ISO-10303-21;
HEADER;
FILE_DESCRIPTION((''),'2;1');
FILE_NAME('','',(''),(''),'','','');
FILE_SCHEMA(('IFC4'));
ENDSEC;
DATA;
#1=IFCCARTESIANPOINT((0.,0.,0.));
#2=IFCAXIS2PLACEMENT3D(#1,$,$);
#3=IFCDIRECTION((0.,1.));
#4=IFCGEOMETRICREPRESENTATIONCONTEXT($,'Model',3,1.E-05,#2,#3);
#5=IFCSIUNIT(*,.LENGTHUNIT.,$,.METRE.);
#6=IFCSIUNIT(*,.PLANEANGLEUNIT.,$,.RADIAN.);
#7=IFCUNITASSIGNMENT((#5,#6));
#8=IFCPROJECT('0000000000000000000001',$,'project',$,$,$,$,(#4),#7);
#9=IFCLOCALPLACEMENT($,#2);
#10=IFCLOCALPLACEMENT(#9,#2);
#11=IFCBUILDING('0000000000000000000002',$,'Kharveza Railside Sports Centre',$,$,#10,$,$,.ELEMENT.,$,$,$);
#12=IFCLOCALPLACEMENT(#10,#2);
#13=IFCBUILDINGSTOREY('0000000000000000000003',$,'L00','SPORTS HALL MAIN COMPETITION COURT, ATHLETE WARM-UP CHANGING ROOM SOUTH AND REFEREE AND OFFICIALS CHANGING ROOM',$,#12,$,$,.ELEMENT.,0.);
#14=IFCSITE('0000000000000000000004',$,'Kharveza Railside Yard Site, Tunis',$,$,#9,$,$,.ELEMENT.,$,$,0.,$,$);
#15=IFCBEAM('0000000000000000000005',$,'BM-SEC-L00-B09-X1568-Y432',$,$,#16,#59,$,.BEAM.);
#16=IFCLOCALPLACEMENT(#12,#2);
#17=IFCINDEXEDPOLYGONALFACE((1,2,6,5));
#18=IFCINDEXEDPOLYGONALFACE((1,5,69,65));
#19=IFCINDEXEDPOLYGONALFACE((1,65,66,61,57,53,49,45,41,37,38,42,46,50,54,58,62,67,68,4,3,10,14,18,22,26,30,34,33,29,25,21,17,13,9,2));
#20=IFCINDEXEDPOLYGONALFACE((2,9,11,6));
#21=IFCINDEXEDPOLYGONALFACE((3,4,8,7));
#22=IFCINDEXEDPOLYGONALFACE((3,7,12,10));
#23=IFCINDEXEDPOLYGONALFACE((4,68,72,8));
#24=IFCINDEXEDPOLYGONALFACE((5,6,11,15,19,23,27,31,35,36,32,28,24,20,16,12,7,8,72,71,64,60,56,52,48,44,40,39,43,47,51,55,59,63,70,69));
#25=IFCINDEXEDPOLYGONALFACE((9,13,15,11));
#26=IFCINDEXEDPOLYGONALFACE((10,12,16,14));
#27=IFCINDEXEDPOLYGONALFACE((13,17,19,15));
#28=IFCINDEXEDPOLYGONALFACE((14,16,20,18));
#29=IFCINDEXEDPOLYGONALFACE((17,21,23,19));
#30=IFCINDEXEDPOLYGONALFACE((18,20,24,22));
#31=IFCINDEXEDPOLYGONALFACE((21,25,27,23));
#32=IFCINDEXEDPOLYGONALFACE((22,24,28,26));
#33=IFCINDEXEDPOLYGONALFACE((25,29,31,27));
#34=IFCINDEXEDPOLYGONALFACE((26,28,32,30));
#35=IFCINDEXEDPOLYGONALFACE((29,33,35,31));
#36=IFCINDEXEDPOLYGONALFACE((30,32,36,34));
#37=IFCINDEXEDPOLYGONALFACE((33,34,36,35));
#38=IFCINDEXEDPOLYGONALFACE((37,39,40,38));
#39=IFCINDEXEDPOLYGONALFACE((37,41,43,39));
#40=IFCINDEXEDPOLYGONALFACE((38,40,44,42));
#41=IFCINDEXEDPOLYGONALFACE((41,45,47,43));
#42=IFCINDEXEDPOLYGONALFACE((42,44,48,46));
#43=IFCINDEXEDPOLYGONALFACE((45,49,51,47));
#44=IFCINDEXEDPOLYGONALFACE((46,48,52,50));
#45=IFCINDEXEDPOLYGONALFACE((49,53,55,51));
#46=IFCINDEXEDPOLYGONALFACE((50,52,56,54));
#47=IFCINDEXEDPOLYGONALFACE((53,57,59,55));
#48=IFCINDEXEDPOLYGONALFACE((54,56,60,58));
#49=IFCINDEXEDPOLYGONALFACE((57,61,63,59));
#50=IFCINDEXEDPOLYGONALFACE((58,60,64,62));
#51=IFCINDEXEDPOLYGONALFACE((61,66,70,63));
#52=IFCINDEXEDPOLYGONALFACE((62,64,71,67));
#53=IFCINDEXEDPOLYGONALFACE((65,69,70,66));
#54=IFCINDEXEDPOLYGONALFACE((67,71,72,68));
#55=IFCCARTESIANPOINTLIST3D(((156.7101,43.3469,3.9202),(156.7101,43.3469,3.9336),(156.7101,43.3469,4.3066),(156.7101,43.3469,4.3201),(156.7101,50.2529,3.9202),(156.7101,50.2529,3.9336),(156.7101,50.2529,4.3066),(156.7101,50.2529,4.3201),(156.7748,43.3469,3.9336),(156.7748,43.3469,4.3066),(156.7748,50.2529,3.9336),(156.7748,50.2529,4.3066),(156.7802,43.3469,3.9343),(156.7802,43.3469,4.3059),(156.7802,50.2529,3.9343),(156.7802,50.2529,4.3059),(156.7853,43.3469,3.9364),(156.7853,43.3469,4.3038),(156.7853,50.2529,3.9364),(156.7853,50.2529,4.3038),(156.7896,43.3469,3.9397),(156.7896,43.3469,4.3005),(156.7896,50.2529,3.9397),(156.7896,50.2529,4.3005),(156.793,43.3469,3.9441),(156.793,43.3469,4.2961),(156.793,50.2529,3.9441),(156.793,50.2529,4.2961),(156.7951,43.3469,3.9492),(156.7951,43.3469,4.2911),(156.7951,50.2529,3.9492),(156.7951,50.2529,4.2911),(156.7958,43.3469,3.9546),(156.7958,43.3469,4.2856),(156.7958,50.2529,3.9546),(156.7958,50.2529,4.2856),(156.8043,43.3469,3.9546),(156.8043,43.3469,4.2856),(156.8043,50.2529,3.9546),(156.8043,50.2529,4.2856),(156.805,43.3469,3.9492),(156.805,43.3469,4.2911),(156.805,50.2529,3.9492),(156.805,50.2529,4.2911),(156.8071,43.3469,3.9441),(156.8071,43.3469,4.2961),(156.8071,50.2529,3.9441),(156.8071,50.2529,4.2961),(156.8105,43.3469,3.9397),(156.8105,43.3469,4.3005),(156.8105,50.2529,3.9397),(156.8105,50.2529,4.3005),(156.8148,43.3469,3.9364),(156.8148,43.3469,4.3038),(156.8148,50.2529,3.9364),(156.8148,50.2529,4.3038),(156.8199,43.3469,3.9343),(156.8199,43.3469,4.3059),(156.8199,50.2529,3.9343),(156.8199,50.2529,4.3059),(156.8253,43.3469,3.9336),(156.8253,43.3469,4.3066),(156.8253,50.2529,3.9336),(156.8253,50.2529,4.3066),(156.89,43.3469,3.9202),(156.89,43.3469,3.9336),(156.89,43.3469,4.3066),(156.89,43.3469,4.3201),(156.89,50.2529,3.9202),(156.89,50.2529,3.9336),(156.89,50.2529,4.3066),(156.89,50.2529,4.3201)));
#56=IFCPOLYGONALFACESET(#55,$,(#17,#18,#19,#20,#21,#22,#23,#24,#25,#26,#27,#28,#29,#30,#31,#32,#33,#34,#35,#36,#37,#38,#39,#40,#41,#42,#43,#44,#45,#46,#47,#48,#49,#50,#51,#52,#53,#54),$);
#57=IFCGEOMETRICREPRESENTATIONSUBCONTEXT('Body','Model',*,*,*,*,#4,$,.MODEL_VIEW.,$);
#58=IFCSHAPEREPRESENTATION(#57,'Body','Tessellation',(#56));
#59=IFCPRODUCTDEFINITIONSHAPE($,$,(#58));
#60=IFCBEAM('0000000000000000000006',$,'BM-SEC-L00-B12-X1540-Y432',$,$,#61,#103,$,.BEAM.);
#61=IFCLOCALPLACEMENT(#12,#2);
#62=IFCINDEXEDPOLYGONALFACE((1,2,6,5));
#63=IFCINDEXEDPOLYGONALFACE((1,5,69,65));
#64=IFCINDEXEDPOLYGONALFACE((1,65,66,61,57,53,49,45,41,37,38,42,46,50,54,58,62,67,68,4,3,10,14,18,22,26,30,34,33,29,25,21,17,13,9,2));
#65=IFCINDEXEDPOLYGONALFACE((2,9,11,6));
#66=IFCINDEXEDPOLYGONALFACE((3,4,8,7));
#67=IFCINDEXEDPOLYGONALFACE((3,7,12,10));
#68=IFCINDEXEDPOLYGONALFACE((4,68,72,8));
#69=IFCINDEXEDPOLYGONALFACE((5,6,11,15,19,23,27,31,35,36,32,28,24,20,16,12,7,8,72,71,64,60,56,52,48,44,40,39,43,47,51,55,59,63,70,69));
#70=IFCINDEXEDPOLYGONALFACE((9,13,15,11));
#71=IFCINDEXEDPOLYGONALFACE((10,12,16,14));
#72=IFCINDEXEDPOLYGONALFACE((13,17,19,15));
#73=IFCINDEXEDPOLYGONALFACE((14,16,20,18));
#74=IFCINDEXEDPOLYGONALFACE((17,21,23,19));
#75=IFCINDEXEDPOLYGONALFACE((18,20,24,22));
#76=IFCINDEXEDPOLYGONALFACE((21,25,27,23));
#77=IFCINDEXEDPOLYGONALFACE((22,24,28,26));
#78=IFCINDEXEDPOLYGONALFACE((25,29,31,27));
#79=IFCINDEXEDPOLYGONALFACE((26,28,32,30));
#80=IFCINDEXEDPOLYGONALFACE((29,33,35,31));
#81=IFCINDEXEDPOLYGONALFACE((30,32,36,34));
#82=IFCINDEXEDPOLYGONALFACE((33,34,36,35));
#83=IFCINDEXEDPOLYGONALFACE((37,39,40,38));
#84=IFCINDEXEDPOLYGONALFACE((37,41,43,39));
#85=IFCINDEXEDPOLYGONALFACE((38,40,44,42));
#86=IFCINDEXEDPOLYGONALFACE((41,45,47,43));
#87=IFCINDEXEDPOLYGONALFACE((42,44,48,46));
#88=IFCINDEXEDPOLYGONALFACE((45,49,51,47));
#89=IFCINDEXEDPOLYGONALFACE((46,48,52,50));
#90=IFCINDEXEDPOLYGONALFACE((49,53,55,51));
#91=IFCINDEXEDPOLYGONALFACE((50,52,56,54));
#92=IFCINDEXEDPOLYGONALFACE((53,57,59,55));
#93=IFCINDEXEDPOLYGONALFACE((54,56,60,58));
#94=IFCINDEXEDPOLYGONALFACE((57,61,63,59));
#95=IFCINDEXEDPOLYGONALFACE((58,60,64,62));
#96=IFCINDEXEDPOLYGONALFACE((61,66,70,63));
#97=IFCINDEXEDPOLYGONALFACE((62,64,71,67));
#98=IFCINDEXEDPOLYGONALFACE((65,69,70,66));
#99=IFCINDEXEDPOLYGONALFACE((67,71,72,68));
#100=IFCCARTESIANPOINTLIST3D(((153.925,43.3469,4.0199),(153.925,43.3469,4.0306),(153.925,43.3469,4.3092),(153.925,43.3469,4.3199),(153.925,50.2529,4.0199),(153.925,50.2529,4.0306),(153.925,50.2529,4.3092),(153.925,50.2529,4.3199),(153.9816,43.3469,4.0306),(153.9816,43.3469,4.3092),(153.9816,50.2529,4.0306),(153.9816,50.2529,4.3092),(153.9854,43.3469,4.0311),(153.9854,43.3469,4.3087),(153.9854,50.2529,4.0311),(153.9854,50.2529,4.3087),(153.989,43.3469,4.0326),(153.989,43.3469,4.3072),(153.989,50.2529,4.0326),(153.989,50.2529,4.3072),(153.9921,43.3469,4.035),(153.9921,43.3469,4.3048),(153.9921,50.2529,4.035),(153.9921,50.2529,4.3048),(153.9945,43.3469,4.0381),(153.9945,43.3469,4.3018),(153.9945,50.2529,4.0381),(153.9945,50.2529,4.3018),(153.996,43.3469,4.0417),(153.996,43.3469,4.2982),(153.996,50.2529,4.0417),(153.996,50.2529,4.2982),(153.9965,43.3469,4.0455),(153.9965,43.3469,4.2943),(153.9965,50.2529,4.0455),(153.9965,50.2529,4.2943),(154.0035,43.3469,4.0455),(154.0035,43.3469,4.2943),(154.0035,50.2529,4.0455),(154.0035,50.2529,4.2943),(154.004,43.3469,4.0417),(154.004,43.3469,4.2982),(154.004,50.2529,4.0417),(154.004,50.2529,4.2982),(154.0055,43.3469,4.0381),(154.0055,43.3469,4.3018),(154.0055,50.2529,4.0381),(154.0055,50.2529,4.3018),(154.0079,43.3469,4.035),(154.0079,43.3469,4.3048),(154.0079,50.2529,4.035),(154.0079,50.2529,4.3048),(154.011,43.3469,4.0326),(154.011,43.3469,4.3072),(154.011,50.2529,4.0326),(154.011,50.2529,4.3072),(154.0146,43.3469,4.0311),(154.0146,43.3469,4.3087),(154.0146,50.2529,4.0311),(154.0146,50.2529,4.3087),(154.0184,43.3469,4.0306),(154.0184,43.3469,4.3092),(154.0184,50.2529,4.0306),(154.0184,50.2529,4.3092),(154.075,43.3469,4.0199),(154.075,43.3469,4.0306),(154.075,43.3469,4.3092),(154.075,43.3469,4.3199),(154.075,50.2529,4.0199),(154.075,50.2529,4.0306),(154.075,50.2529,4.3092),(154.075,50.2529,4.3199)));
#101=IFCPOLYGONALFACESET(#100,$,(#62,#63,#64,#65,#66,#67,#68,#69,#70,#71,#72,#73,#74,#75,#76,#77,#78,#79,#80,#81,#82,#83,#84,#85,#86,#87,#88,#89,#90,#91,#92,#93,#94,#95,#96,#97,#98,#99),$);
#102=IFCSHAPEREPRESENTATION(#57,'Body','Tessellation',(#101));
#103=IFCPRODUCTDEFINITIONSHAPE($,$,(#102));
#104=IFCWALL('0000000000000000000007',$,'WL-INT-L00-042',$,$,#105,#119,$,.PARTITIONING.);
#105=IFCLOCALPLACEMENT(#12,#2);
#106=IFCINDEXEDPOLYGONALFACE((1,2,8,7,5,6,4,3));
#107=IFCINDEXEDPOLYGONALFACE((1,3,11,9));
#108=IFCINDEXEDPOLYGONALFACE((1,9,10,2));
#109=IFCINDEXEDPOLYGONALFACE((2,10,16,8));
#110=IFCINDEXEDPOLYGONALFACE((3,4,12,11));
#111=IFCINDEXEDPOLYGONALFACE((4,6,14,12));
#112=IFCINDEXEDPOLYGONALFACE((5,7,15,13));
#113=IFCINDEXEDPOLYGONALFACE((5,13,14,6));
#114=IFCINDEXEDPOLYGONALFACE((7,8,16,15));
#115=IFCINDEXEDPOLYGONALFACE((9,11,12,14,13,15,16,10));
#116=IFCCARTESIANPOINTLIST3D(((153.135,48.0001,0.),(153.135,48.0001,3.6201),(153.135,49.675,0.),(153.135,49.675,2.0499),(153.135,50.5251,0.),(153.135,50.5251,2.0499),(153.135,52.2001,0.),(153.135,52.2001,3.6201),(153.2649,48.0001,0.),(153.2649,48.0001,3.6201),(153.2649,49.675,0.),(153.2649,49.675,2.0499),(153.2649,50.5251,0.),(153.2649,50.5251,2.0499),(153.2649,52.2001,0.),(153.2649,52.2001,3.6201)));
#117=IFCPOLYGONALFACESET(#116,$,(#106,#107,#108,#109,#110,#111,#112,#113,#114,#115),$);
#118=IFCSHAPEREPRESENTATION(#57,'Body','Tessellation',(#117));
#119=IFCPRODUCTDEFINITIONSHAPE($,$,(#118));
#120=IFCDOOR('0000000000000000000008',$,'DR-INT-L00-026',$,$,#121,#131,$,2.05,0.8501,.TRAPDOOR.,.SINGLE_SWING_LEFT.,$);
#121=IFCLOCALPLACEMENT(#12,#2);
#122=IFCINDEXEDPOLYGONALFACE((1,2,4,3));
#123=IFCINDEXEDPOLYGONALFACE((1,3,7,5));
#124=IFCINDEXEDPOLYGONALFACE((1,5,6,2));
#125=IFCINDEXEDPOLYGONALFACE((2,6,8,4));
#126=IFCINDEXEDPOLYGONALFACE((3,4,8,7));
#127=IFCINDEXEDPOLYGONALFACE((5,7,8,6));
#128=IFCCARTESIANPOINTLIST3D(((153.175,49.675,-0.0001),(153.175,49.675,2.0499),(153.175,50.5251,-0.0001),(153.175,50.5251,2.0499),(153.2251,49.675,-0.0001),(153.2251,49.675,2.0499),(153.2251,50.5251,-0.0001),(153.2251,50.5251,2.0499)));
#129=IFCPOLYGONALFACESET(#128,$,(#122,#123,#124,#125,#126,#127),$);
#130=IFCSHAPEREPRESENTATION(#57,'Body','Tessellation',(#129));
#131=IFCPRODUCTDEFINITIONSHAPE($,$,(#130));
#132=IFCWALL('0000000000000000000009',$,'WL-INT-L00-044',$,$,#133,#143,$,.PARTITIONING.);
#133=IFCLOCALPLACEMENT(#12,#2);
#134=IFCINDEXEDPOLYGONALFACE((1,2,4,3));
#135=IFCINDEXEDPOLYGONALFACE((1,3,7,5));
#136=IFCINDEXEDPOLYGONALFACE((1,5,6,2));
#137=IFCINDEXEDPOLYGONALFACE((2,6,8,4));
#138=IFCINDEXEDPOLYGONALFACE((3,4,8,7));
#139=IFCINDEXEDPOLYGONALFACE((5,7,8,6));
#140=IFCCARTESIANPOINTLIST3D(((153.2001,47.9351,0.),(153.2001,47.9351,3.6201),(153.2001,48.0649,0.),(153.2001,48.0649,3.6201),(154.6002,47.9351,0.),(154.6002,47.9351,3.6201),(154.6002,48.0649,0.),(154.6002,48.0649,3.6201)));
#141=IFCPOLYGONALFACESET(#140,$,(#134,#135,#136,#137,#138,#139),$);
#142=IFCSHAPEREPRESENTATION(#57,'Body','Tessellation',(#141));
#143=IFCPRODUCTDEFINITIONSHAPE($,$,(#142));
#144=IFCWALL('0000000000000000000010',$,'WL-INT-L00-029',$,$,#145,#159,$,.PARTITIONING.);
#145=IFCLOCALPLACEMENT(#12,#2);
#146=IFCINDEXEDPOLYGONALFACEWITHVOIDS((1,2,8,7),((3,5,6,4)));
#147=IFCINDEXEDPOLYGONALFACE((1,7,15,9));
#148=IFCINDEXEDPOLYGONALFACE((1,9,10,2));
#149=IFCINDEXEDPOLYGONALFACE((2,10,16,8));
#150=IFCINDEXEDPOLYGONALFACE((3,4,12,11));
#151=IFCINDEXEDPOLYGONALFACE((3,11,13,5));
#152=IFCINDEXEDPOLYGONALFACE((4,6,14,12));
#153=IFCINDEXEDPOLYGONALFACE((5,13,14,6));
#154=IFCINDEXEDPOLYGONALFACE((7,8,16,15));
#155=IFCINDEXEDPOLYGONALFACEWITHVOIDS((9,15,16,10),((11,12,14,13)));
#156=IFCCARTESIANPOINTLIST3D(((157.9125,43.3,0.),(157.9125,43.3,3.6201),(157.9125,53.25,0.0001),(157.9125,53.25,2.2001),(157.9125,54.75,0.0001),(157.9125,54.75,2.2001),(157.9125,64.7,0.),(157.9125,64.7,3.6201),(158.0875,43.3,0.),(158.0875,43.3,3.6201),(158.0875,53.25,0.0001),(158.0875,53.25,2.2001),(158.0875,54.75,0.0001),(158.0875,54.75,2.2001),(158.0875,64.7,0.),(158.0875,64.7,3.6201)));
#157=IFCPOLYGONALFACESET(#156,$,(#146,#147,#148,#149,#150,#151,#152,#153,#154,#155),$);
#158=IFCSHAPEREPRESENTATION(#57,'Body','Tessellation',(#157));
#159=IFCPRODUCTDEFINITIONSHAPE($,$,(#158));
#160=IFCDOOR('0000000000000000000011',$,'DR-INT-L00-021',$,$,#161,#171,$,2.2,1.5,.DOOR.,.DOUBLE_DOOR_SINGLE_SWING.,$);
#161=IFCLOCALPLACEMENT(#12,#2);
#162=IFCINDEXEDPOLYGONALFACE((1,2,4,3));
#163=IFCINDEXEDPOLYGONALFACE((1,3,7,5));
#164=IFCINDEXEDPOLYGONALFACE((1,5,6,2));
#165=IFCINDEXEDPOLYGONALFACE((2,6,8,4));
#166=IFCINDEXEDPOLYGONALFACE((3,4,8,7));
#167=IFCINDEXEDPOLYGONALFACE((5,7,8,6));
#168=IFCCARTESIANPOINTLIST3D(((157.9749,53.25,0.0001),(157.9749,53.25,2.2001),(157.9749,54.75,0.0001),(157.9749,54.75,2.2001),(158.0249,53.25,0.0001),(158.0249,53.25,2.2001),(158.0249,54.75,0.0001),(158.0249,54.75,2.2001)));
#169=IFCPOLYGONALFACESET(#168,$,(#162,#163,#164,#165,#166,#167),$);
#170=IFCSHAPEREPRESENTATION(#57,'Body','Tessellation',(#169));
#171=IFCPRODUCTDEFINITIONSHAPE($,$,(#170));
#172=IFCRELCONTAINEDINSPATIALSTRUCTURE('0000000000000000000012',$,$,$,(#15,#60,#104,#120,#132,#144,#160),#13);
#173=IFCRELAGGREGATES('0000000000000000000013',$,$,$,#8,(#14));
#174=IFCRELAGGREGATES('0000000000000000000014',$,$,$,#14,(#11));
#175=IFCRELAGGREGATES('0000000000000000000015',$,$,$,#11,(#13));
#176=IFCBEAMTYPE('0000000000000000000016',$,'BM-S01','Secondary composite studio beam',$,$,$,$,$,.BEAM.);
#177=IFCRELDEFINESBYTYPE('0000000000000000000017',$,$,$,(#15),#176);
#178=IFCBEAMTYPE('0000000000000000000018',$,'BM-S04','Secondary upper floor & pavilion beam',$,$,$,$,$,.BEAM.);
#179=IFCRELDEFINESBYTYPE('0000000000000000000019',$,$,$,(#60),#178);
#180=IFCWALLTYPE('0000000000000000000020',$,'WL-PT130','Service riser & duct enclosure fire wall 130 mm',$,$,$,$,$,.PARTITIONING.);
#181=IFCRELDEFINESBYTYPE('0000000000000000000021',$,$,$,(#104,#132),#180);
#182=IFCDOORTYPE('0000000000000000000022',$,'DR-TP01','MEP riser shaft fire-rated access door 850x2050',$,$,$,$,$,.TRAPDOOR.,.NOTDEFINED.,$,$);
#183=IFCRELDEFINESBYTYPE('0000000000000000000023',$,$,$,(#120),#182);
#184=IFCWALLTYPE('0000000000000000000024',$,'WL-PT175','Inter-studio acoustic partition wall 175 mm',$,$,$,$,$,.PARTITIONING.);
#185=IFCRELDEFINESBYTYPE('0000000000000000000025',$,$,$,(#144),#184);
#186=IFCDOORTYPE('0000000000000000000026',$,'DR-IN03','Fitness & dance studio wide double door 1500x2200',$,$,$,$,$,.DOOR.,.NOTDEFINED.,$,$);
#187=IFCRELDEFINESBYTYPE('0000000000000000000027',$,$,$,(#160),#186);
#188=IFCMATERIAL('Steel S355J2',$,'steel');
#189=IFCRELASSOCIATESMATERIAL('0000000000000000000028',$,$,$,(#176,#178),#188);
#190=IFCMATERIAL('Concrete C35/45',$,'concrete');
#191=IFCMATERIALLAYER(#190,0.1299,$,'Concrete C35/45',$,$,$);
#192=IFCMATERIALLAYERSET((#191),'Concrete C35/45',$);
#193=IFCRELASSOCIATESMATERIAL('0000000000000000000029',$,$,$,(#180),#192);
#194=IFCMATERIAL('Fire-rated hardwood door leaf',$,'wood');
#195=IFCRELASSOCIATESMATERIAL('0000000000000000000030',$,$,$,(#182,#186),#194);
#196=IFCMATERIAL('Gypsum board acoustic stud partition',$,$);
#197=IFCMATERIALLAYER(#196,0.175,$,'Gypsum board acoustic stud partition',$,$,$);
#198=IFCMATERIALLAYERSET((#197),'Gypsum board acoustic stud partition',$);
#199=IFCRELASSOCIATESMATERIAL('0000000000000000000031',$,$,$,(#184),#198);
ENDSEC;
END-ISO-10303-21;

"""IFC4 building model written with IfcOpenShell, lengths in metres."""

from ifc_helpers import new_model, si_unit, direction, frame, frame_2d, origin, origin_2d, place, context, subcontext, project, spatial, rectangle, i_section, extrude, material, layer, layer_set, material_profile, profile_set, type_object, element, fill, save


model = new_model("IFC4")

# Units and contexts
model_context = context("Model", 3, precision=1e-05, world=origin(), true_north=direction((0.0, 1.0)))
body_context = subcontext(model_context, "Body", "Model", "MODEL_VIEW")
ifc_project = project(units=[si_unit("LENGTHUNIT", "METRE"), si_unit("PLANEANGLEUNIT", "RADIAN")], contexts=[model_context])

# Site, building, storey
site_placement = place(None, origin())
site = spatial("IfcSite", under=ifc_project, at=site_placement, Name="Kharveza Railside Yard Site, Tunis", CompositionType="ELEMENT", RefElevation=0.0)
building_placement = place(site_placement, origin())
building = spatial("IfcBuilding", under=site, at=building_placement, Name="Kharveza Railside Sports Centre", CompositionType="ELEMENT")
storey_placement = place(building_placement, origin())
storey = spatial("IfcBuildingStorey", under=building, at=storey_placement, Name="L00", Description="SPORTS HALL MAIN COMPETITION COURT, ATHLETE WARM-UP CHANGING ROOM SOUTH AND REFEREE AND OFFICIALS CHANGING ROOM", CompositionType="ELEMENT", Elevation=0.0)

# Shared definitions
ifc_material_1 = material(Name="Concrete C35/45", Category="concrete")

# Shared definitions
ifc_material_2 = material(Name="Steel S355J2", Category="steel")

# Beams
ifc_material_profile_1 = material_profile(ifc_material_2, i_section(OverallWidth=0.1799, OverallDepth=0.3999, WebThickness=0.0085, FlangeThickness=0.0134, FilletRadius=0.021, at=origin_2d()), Name="IPE 400")
ifc_profile_set_1 = profile_set([ifc_material_profile_1], Name="Steel S355J2")
beam_type_1 = type_object("IfcBeamType", Name="BM-S01", Description="Secondary composite studio beam", PredefinedType="BEAM", material=ifc_profile_set_1)
beam_1_placement = place(storey_placement, frame((156.8, 43.3469, 4.1201), z_axis=(0.0, 1.0, 0.0), x_axis=(-1.0, 0.0, 0.0)))
element("IfcBeam", 1, at=beam_1_placement, inside=storey, type_object=beam_type_1, Name="BM-SEC-L00-B09-X1568-Y432", PredefinedType="BEAM", context=body_context, shape_type="SweptSolid", body=[
    extrude(i_section(OverallWidth=0.1799, OverallDepth=0.3999, WebThickness=0.0085, FlangeThickness=0.0134, FilletRadius=0.021, at=origin_2d()), origin(), (0.0, 0.0, 1.0), 6.906),
])
ifc_material_profile_2 = material_profile(ifc_material_2, i_section(OverallWidth=0.1499, OverallDepth=0.3, WebThickness=0.0071, FlangeThickness=0.0107, FilletRadius=0.0149, at=origin_2d()), Name="IPE 300")
ifc_profile_set_2 = profile_set([ifc_material_profile_2], Name="Steel S355J2")
beam_type_2 = type_object("IfcBeamType", Name="BM-S04", Description="Secondary upper floor & pavilion beam", PredefinedType="BEAM", material=ifc_profile_set_2)
beam_2_placement = place(storey_placement, frame((154.0, 43.3469, 4.1699), z_axis=(0.0, 1.0, 0.0), x_axis=(-1.0, 0.0, 0.0)))
element("IfcBeam", 2, at=beam_2_placement, inside=storey, type_object=beam_type_2, Name="BM-SEC-L00-B12-X1540-Y432", PredefinedType="BEAM", context=body_context, shape_type="SweptSolid", body=[
    extrude(i_section(OverallWidth=0.1499, OverallDepth=0.3, WebThickness=0.0071, FlangeThickness=0.0107, FilletRadius=0.0149, at=origin_2d()), origin(), (0.0, 0.0, 1.0), 6.906),
])

# Wall, opening, door
ifc_layer_1 = layer(ifc_material_1, 0.1299, Name="Concrete C35/45")
ifc_layer_set_1 = layer_set([ifc_layer_1], Name="Concrete C35/45")
wall_type_1 = type_object("IfcWallType", Name="WL-PT130", Description="Service riser & duct enclosure fire wall 130 mm", PredefinedType="PARTITIONING", material=ifc_layer_set_1)
wall_1_placement = place(storey_placement, frame((153.2, 48.0, 0.0), z_axis=(0.0, 0.0, 1.0), x_axis=(0.0, 1.0, 0.0)))
wall_1 = element("IfcWall", 3, at=wall_1_placement, inside=storey, type_object=wall_type_1, Name="WL-INT-L00-042", PredefinedType="PARTITIONING", context=body_context, shape_type="SweptSolid", body=[
    extrude(rectangle(XDim=4.2, YDim=0.1299, at=frame_2d((2.1001, 0.0))), origin(), (0.0, 0.0, 1.0), 3.6201),
])
opening_1_placement = place(wall_1_placement, frame((1.675, 0.0, 0.0)))
opening_1 = element("IfcOpeningElement", 4, at=opening_1_placement, cuts=wall_1, PredefinedType="OPENING", context=body_context, shape_type="SweptSolid", body=[
    extrude(rectangle(XDim=0.8501, YDim=2.05, at=frame_2d((0.425, 1.0249))), frame((0.0, 0.0898, 0.0), z_axis=(0.0, -1.0, 0.0), x_axis=(1.0, 0.0, 0.0)), (0.0, 0.0, 1.0), 0.1797),
])
ifc_material_3 = material(Name="Fire-rated hardwood door leaf", Category="wood")
door_type_1 = type_object("IfcDoorType", Name="DR-TP01", Description="MEP riser shaft fire-rated access door 850x2050", OperationType="NOTDEFINED", PredefinedType="TRAPDOOR", material=ifc_material_3)
door_1_placement = place(opening_1_placement, origin())
door_1 = element("IfcDoor", 5, at=door_1_placement, inside=storey, type_object=door_type_1, Name="DR-INT-L00-026", OperationType="SINGLE_SWING_LEFT", OverallHeight=2.05, OverallWidth=0.8501, PredefinedType="TRAPDOOR", context=body_context, shape_type="SweptSolid", body=[
    extrude(rectangle(XDim=0.8501, YDim=2.05, at=frame_2d((0.425, 1.0249))), frame((0.0, 0.0249, 0.0), z_axis=(0.0, -1.0, 0.0), x_axis=(1.0, 0.0, 0.0)), (0.0, 0.0, 1.0), 0.05),
])
fill(opening_1, door_1)

# Wall
wall_2_placement = place(storey_placement, frame((153.2, 48.0, 0.0), z_axis=(0.0, 0.0, 1.0), x_axis=(1.0, 0.0, 0.0)))
element("IfcWall", 6, at=wall_2_placement, inside=storey, type_object=wall_type_1, Name="WL-INT-L00-044", PredefinedType="PARTITIONING", context=body_context, shape_type="SweptSolid", body=[
    extrude(rectangle(XDim=1.4001, YDim=0.1299, at=frame_2d((0.7002, 0.0))), origin(), (0.0, 0.0, 1.0), 3.6201),
])

# Wall, opening, door
ifc_material_4 = material(Name="Gypsum board acoustic stud partition")
ifc_layer_2 = layer(ifc_material_4, 0.175, Name="Gypsum board acoustic stud partition")
ifc_layer_set_2 = layer_set([ifc_layer_2], Name="Gypsum board acoustic stud partition")
wall_type_2 = type_object("IfcWallType", Name="WL-PT175", Description="Inter-studio acoustic partition wall 175 mm", PredefinedType="PARTITIONING", material=ifc_layer_set_2)
wall_3_placement = place(storey_placement, frame((158.0, 43.3, 0.0), z_axis=(0.0, 0.0, 1.0), x_axis=(0.0, 1.0, 0.0)))
wall_3 = element("IfcWall", 7, at=wall_3_placement, inside=storey, type_object=wall_type_2, Name="WL-INT-L00-029", PredefinedType="PARTITIONING", context=body_context, shape_type="SweptSolid", body=[
    extrude(rectangle(XDim=21.3999, YDim=0.175, at=frame_2d((10.7, 0.0))), origin(), (0.0, 0.0, 1.0), 3.6201),
])
opening_2_placement = place(wall_3_placement, frame((9.95, 0.0, 0.0)))
opening_2 = element("IfcOpeningElement", 8, at=opening_2_placement, cuts=wall_3, PredefinedType="OPENING", context=body_context, shape_type="SweptSolid", body=[
    extrude(rectangle(XDim=1.5, YDim=2.2, at=frame_2d((0.75, 1.1001))), frame((0.0, 0.1123, 0.0), z_axis=(0.0, -1.0, 0.0), x_axis=(1.0, 0.0, 0.0)), (0.0, 0.0, 1.0), 0.2249),
])
door_type_2 = type_object("IfcDoorType", Name="DR-IN03", Description="Fitness & dance studio wide double door 1500x2200", OperationType="NOTDEFINED", PredefinedType="DOOR", material=ifc_material_3)
door_2_placement = place(opening_2_placement, frame((1.5, 0.0, 0.0), z_axis=(0.0, 0.0, 1.0), x_axis=(-1.0, 0.0, 0.0)))
door_2 = element("IfcDoor", 9, at=door_2_placement, inside=storey, type_object=door_type_2, Name="DR-INT-L00-021", OperationType="DOUBLE_DOOR_SINGLE_SWING", OverallHeight=2.2, OverallWidth=1.5, PredefinedType="DOOR", context=body_context, shape_type="SweptSolid", body=[
    extrude(rectangle(XDim=1.5, YDim=2.2, at=frame_2d((0.75, 1.1001))), frame((0.0, 0.0249, 0.0), z_axis=(0.0, -1.0, 0.0), x_axis=(1.0, 0.0, 0.0)), (0.0, 0.0, 1.0), 0.05),
])
fill(opening_2, door_2)

save(model, "model.ifc")
